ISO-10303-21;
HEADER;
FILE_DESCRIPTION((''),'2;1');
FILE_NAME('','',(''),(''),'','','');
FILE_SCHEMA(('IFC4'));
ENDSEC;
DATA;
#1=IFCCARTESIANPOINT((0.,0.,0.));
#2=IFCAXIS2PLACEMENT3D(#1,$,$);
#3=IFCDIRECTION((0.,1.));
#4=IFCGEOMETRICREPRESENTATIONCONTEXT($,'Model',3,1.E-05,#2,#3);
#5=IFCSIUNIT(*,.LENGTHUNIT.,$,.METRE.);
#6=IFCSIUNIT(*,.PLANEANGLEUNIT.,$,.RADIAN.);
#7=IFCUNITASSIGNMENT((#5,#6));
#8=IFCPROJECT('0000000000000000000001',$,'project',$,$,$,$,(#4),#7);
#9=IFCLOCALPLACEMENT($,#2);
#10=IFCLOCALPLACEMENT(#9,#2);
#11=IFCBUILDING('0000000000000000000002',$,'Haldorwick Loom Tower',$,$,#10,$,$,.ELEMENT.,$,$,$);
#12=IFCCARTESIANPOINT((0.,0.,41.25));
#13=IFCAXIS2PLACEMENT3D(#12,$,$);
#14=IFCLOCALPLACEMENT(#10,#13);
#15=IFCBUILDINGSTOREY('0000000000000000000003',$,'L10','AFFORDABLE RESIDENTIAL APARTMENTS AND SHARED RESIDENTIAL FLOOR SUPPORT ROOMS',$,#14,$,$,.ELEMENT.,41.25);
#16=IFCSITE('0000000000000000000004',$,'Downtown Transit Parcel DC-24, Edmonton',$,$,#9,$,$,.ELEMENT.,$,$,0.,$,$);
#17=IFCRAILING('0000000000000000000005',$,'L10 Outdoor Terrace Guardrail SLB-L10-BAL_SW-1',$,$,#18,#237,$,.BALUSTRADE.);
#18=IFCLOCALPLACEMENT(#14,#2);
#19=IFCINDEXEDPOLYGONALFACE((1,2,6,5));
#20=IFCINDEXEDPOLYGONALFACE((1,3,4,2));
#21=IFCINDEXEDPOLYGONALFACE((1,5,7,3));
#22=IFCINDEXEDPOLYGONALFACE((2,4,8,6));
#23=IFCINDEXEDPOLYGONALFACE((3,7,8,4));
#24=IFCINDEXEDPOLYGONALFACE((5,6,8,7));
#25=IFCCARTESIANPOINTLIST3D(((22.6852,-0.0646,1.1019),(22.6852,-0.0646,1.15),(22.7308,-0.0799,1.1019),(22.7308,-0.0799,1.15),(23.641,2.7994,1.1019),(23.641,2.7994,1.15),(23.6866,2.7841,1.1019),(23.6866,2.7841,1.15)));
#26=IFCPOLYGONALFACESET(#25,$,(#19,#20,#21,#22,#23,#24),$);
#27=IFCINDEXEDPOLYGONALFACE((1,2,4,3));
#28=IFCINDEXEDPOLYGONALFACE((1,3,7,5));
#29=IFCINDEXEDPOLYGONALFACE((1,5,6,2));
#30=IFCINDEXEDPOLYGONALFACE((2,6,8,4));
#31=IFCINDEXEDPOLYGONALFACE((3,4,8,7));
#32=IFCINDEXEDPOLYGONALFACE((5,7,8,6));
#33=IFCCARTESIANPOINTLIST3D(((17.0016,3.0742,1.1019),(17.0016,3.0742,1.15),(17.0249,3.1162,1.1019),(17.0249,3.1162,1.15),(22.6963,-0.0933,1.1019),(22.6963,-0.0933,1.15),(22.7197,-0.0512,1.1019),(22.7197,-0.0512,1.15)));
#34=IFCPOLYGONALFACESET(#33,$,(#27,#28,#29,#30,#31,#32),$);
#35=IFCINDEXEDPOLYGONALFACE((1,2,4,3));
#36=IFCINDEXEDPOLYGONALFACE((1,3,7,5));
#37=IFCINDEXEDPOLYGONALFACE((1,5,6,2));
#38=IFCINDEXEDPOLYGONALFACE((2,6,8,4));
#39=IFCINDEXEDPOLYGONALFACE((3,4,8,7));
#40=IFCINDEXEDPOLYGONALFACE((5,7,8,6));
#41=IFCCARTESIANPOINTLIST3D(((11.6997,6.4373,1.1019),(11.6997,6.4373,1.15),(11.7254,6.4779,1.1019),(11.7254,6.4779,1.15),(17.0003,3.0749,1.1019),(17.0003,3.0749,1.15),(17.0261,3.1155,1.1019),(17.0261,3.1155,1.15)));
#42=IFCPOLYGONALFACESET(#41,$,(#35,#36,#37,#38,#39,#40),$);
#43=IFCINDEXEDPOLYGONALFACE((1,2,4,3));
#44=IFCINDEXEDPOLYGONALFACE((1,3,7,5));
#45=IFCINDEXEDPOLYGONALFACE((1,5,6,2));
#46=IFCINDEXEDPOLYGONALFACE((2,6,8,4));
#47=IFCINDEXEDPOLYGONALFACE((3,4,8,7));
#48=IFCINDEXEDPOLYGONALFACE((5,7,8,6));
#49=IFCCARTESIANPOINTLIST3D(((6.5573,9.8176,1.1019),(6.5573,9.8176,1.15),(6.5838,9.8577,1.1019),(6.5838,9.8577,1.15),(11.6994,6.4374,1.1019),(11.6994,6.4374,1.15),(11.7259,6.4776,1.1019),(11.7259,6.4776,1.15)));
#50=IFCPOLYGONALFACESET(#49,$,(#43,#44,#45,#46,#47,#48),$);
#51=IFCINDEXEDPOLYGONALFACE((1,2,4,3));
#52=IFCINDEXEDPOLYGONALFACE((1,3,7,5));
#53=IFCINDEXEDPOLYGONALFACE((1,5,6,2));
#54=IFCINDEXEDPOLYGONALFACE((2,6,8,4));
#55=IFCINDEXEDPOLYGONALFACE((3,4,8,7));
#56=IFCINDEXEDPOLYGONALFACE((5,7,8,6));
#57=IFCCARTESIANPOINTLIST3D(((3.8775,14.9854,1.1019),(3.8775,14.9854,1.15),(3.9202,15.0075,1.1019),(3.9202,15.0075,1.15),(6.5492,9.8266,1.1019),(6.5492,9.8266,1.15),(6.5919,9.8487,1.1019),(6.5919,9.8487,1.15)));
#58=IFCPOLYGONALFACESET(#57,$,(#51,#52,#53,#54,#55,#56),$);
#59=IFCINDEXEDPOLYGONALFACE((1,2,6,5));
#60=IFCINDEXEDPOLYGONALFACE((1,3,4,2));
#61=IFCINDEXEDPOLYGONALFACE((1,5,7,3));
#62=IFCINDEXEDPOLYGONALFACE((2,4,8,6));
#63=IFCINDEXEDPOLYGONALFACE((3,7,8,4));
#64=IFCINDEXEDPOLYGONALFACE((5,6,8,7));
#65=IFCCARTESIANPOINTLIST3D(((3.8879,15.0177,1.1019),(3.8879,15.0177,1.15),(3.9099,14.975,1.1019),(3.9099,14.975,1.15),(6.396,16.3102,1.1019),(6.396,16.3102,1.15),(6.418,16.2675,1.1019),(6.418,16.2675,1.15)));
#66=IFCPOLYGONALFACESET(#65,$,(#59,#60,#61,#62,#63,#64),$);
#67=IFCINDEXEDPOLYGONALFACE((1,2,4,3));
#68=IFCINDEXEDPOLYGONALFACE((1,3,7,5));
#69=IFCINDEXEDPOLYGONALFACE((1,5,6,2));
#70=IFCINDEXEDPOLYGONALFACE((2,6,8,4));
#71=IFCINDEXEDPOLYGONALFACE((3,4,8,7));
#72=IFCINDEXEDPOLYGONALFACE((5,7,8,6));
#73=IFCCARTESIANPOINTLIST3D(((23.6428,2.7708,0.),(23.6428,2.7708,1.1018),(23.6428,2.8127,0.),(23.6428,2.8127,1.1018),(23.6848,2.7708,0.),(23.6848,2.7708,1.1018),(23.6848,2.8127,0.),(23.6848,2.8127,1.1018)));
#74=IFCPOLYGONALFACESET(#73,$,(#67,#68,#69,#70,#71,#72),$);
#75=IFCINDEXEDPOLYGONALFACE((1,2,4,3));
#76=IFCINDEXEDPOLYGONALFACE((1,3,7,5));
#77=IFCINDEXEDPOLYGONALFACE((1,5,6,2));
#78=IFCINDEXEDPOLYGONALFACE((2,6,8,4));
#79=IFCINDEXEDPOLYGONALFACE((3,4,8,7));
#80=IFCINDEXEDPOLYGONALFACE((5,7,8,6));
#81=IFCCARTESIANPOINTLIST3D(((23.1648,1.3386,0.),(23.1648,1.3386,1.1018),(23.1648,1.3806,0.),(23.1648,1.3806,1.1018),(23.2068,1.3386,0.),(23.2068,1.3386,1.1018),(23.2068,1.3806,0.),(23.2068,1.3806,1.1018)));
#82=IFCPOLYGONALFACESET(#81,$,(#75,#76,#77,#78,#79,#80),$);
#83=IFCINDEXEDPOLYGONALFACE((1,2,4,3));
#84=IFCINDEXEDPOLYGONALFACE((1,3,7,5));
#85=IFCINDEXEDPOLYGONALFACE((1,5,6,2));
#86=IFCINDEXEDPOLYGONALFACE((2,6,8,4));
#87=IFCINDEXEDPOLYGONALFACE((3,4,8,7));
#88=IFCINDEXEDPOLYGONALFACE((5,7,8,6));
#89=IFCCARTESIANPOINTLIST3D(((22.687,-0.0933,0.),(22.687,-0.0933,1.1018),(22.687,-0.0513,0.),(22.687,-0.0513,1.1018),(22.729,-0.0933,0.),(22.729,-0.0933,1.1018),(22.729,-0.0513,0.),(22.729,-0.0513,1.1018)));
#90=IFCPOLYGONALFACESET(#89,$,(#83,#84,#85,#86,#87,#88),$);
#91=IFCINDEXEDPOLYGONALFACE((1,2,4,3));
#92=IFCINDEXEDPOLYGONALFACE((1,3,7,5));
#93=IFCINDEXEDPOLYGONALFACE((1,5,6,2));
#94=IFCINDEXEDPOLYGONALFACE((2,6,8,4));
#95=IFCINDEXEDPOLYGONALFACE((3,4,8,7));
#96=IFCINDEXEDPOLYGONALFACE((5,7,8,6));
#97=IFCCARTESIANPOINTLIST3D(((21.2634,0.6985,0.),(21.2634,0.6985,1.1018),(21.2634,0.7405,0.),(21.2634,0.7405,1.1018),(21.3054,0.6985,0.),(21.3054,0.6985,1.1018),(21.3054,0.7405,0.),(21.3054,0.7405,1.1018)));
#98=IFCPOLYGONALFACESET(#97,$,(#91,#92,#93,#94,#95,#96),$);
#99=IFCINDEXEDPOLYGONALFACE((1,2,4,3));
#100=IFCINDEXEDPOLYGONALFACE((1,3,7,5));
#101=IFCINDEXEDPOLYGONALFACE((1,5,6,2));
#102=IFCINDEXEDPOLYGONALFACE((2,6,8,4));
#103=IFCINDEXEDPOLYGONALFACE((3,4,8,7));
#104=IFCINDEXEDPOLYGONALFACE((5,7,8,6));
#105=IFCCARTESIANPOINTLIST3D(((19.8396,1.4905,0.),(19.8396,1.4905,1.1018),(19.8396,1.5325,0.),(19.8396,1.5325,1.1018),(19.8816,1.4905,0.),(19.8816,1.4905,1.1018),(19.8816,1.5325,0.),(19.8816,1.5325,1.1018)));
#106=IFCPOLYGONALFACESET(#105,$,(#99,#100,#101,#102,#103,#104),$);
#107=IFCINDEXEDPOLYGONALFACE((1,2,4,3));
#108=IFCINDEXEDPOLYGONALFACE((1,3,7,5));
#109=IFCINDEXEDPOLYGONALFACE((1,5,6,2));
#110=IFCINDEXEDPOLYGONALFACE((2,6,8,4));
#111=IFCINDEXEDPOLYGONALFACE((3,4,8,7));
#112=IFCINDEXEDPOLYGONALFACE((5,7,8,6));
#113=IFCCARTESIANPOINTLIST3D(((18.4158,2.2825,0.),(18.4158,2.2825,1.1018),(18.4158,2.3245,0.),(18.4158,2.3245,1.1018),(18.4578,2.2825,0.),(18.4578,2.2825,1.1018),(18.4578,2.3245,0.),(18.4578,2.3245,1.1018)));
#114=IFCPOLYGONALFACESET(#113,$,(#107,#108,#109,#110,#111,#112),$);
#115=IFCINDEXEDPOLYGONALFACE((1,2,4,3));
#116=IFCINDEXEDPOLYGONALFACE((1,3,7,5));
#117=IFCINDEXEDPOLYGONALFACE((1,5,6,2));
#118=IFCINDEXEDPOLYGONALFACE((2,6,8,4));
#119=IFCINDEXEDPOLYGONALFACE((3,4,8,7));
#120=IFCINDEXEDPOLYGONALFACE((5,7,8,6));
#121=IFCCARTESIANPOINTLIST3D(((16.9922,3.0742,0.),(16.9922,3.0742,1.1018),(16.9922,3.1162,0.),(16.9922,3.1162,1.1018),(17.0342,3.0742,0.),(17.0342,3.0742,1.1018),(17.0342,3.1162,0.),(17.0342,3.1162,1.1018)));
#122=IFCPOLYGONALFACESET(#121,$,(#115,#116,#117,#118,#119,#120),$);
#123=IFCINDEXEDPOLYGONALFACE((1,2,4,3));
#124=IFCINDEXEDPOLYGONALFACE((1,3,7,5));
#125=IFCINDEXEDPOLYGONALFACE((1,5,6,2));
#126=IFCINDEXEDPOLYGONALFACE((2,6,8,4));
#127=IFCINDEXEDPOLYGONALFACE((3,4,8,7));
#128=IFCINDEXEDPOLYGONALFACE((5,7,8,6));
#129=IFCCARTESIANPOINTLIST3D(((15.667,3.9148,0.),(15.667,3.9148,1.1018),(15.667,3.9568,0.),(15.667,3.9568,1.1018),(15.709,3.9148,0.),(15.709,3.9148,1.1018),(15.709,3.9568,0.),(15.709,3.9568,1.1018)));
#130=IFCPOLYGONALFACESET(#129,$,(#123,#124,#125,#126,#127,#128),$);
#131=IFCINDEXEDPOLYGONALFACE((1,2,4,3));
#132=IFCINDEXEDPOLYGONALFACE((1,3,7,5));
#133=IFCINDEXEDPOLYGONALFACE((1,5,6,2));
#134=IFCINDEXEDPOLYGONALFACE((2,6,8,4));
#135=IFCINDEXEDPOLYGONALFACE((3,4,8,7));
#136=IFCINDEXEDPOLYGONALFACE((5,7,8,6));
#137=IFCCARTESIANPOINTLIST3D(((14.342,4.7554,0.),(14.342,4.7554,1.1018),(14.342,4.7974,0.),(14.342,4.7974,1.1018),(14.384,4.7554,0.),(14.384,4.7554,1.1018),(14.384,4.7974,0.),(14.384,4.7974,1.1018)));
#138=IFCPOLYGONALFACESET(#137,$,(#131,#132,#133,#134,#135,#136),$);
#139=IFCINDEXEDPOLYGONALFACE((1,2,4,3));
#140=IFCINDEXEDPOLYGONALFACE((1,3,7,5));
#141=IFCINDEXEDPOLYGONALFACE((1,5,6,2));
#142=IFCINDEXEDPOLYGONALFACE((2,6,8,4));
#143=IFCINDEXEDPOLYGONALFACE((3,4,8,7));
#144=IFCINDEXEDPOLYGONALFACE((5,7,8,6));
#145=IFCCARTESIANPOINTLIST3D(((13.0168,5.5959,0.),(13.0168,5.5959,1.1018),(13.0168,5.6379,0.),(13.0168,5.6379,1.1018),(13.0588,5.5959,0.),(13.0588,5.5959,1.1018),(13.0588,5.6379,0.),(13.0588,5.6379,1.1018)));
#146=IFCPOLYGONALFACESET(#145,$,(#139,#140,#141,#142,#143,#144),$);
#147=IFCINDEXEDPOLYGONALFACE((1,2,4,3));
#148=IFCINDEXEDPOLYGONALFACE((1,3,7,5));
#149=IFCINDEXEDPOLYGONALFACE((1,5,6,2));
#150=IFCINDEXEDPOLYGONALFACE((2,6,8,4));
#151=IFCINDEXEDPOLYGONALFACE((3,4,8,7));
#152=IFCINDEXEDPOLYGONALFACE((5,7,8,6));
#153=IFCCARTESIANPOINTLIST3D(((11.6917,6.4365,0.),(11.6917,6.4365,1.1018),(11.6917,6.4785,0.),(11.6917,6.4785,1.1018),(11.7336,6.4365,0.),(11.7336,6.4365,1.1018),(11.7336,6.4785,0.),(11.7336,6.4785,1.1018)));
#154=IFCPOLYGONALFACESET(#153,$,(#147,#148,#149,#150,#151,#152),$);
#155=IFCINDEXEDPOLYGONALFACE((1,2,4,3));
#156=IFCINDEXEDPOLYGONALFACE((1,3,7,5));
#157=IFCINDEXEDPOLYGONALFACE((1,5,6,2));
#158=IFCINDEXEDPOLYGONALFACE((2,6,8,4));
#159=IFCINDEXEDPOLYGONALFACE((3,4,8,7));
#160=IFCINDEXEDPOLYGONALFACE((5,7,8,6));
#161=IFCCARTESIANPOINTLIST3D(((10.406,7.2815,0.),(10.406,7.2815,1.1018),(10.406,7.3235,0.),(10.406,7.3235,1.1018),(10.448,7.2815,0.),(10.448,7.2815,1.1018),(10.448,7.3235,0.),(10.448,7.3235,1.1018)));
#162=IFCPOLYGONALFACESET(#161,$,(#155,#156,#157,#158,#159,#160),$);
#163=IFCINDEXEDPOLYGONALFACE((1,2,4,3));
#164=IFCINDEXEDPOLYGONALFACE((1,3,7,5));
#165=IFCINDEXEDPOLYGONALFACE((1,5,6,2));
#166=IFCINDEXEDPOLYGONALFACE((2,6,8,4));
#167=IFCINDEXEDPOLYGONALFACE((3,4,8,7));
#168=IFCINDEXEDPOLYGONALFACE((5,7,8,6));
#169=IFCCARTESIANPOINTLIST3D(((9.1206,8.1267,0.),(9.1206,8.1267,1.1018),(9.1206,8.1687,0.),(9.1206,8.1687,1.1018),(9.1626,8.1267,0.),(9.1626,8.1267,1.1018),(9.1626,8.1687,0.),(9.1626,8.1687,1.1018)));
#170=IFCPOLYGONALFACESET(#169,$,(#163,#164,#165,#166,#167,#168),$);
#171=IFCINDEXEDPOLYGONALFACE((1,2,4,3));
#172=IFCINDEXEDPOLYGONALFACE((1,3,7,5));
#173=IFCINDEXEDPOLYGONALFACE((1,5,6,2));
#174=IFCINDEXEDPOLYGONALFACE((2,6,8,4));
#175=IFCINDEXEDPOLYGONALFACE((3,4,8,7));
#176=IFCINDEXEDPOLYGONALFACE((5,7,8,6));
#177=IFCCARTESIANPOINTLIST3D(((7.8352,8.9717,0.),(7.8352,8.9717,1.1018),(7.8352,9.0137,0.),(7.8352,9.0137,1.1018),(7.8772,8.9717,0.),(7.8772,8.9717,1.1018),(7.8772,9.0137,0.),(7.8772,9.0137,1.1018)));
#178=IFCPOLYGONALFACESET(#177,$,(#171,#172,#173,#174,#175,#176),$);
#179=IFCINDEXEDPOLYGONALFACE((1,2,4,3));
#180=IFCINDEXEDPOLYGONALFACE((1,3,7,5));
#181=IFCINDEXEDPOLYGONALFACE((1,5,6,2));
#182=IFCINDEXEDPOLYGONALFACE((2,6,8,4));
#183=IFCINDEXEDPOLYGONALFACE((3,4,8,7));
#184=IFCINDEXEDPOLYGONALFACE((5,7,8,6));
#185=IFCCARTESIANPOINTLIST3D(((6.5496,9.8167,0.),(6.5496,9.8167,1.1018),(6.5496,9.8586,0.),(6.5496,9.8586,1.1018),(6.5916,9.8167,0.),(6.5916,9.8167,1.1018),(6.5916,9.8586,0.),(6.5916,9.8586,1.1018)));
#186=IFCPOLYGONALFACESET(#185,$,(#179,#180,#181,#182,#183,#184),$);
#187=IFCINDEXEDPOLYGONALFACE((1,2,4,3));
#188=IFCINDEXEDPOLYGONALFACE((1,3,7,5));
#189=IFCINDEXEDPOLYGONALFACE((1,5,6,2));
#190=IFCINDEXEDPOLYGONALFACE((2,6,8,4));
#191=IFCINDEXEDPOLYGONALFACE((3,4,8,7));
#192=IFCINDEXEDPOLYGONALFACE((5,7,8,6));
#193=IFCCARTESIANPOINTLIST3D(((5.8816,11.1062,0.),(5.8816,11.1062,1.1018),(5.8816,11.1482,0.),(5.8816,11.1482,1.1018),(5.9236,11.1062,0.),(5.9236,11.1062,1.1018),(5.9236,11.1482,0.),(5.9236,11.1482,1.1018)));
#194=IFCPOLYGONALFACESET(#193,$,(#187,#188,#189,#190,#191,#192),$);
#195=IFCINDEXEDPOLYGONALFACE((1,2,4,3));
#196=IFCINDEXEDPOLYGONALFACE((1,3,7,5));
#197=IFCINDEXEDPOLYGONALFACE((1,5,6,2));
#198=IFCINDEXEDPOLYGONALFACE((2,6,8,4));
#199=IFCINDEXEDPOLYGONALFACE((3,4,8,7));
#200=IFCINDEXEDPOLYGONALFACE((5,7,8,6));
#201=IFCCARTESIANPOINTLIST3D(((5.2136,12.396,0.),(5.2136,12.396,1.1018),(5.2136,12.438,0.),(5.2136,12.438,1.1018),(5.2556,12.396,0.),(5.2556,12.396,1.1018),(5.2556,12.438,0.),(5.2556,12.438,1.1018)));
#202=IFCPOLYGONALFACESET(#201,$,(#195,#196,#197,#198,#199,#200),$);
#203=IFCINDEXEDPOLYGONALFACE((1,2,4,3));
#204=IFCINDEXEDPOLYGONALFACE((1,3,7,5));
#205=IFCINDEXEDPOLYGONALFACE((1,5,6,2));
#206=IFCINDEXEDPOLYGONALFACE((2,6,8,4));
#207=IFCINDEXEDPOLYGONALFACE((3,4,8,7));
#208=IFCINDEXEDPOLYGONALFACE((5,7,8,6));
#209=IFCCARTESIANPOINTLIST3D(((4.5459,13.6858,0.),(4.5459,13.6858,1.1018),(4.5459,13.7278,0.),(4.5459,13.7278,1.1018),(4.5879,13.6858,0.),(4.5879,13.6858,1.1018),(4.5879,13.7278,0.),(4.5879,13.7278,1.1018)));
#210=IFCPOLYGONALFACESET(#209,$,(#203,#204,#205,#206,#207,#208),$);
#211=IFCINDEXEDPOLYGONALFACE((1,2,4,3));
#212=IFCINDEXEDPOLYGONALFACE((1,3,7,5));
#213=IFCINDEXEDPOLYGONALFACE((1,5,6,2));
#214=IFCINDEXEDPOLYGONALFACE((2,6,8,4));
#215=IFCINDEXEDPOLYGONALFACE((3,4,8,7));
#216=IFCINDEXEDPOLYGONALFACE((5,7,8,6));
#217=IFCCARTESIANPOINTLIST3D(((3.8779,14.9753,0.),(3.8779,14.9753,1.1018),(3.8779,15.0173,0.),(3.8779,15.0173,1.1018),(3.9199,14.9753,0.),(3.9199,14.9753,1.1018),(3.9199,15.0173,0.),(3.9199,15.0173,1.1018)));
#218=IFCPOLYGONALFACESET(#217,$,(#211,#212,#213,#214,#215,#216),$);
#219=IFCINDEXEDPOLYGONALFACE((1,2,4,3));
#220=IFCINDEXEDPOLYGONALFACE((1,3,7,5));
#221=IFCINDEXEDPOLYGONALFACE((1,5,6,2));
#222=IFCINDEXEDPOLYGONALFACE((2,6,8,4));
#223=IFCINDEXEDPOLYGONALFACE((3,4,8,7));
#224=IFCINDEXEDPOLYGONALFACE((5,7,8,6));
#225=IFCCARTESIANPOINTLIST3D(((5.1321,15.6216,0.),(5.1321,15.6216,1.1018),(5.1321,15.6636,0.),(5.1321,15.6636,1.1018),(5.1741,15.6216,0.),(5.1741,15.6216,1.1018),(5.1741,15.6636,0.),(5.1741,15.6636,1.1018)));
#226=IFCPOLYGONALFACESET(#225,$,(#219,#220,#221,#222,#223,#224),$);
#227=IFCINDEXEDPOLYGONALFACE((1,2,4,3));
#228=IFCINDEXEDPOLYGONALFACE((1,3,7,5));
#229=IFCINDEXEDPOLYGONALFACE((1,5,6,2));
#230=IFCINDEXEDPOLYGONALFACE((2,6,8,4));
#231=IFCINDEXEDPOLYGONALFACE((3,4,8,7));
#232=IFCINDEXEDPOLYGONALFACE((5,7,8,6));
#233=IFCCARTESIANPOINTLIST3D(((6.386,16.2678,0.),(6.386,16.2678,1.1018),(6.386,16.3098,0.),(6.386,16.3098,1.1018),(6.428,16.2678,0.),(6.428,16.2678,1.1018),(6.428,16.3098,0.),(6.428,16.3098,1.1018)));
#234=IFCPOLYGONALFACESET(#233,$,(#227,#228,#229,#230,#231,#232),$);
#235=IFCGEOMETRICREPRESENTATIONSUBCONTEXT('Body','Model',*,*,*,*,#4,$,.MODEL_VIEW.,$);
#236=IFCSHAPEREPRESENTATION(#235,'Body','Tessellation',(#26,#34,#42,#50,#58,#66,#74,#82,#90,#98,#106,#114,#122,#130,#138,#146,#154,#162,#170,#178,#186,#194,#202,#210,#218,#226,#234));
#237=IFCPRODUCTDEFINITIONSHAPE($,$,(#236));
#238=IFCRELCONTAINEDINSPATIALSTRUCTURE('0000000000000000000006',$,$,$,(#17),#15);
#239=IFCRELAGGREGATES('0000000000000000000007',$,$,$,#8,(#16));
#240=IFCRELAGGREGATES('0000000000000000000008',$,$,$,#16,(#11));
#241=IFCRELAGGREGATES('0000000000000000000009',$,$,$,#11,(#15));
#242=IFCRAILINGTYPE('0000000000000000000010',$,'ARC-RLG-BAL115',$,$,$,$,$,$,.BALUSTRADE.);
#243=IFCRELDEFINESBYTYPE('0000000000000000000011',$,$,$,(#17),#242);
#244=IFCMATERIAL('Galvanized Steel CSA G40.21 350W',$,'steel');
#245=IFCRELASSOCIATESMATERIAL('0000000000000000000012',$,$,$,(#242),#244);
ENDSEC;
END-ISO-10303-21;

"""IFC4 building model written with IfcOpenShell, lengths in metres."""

from ifc_helpers import new_model, si_unit, direction, frame, origin, origin_2d, place, context, subcontext, project, spatial, rectangle, extrude, material, type_object, element, save


model = new_model("IFC4")

# Units and contexts
model_context = context("Model", 3, precision=1e-05, world=origin(), true_north=direction((0.0, 1.0)))
body_context = subcontext(model_context, "Body", "Model", "MODEL_VIEW")
ifc_project = project(units=[si_unit("LENGTHUNIT", "METRE"), si_unit("PLANEANGLEUNIT", "RADIAN")], contexts=[model_context])

# Site, building, storey
site_placement = place(None, origin())
site = spatial("IfcSite", under=ifc_project, at=site_placement, Name="Downtown Transit Parcel DC-24, Edmonton", CompositionType="ELEMENT", RefElevation=0.0)
building_placement = place(site_placement, origin())
building = spatial("IfcBuilding", under=site, at=building_placement, Name="Haldorwick Loom Tower", CompositionType="ELEMENT")
storey_placement = place(building_placement, frame((0.0, 0.0, 41.25)))
storey = spatial("IfcBuildingStorey", under=building, at=storey_placement, Name="L10", Description="AFFORDABLE RESIDENTIAL APARTMENTS AND SHARED RESIDENTIAL FLOOR SUPPORT ROOMS", CompositionType="ELEMENT", Elevation=41.25)

# Railing
ifc_material_1 = material(Name="Galvanized Steel CSA G40.21 350W", Category="steel")
railing_type = type_object("IfcRailingType", Name="ARC-RLG-BAL115", PredefinedType="BALUSTRADE", material=ifc_material_1)
railing_placement = place(storey_placement, frame((23.6638, 2.7917, 0.0)))
element("IfcRailing", 1, at=railing_placement, inside=storey, type_object=railing_type, Name="L10 Outdoor Terrace Guardrail SLB-L10-BAL_SW-1", PredefinedType="BALUSTRADE", context=body_context, shape_type="SweptSolid", body=[
    extrude(rectangle(XDim=0.0481, YDim=0.0481, at=origin_2d()), frame((0.0, 0.0, 1.126), z_axis=(-0.316567, -0.94857, 0.0), x_axis=(0.94857, -0.316567, 0.0)), (0.0, 0.0, 1.0), 3.0193),
    extrude(rectangle(XDim=0.0481, YDim=0.0481, at=origin_2d()), frame((-0.9558, -2.864, 1.126), z_axis=(-0.873917, 0.486075, 0.0), x_axis=(-0.486075, -0.873917, 0.0)), (0.0, 0.0, 1.0), 6.5164),
    extrude(rectangle(XDim=0.0481, YDim=0.0481, at=origin_2d()), frame((-6.6506, 0.3035, 1.126), z_axis=(-0.844437, 0.535654, 0.0), x_axis=(-0.535654, -0.844437, 0.0)), (0.0, 0.0, 1.0), 6.2771),
    extrude(rectangle(XDim=0.0481, YDim=0.0481, at=origin_2d()), frame((-11.9512, 3.6658, 1.126), z_axis=(-0.835628, 0.549296, 0.0), x_axis=(-0.549296, -0.835628, 0.0)), (0.0, 0.0, 1.0), 6.1536),
    extrude(rectangle(XDim=0.0481, YDim=0.0481, at=origin_2d()), frame((-17.0933, 7.0459, 1.126), z_axis=(-0.459877, 0.887983, 0.0), x_axis=(-0.887983, -0.459877, 0.0)), (0.0, 0.0, 1.0), 5.8096),
    extrude(rectangle(XDim=0.0481, YDim=0.0481, at=origin_2d()), frame((-19.7649, 12.2046, 1.126), z_axis=(0.888909, 0.458083, 0.0), x_axis=(-0.458083, 0.888909, 0.0)), (0.0, 0.0, 1.0), 2.8215),
    extrude(rectangle(XDim=0.042, YDim=0.042, at=origin_2d()), origin(), (0.0, 0.0, 1.0), 1.1018),
    extrude(rectangle(XDim=0.042, YDim=0.042, at=origin_2d()), frame((-0.478, -1.4321, 0.0)), (0.0, 0.0, 1.0), 1.1018),
    extrude(rectangle(XDim=0.042, YDim=0.042, at=origin_2d()), frame((-0.9558, -2.864, 0.0)), (0.0, 0.0, 1.0), 1.1018),
    extrude(rectangle(XDim=0.042, YDim=0.042, at=origin_2d()), frame((-2.3794, -2.0723, 0.0)), (0.0, 0.0, 1.0), 1.1018),
    extrude(rectangle(XDim=0.042, YDim=0.042, at=origin_2d()), frame((-3.8032, -1.2803, 0.0)), (0.0, 0.0, 1.0), 1.1018),
    extrude(rectangle(XDim=0.042, YDim=0.042, at=origin_2d()), frame((-5.2271, -0.4883, 0.0)), (0.0, 0.0, 1.0), 1.1018),
    extrude(rectangle(XDim=0.042, YDim=0.042, at=origin_2d()), frame((-6.6506, 0.3035, 0.0)), (0.0, 0.0, 1.0), 1.1018),
    extrude(rectangle(XDim=0.042, YDim=0.042, at=origin_2d()), frame((-7.9758, 1.144, 0.0)), (0.0, 0.0, 1.0), 1.1018),
    extrude(rectangle(XDim=0.042, YDim=0.042, at=origin_2d()), frame((-9.3008, 1.9846, 0.0)), (0.0, 0.0, 1.0), 1.1018),
    extrude(rectangle(XDim=0.042, YDim=0.042, at=origin_2d()), frame((-10.626, 2.8252, 0.0)), (0.0, 0.0, 1.0), 1.1018),
    extrude(rectangle(XDim=0.042, YDim=0.042, at=origin_2d()), frame((-11.9512, 3.6658, 0.0)), (0.0, 0.0, 1.0), 1.1018),
    extrude(rectangle(XDim=0.042, YDim=0.042, at=origin_2d()), frame((-13.2368, 4.5107, 0.0)), (0.0, 0.0, 1.0), 1.1018),
    extrude(rectangle(XDim=0.042, YDim=0.042, at=origin_2d()), frame((-14.5222, 5.356, 0.0)), (0.0, 0.0, 1.0), 1.1018),
    extrude(rectangle(XDim=0.042, YDim=0.042, at=origin_2d()), frame((-15.8076, 6.2009, 0.0)), (0.0, 0.0, 1.0), 1.1018),
    extrude(rectangle(XDim=0.042, YDim=0.042, at=origin_2d()), frame((-17.0933, 7.0459, 0.0)), (0.0, 0.0, 1.0), 1.1018),
    extrude(rectangle(XDim=0.042, YDim=0.042, at=origin_2d()), frame((-17.7612, 8.3354, 0.0)), (0.0, 0.0, 1.0), 1.1018),
    extrude(rectangle(XDim=0.042, YDim=0.042, at=origin_2d()), frame((-18.4292, 9.6252, 0.0)), (0.0, 0.0, 1.0), 1.1018),
    extrude(rectangle(XDim=0.042, YDim=0.042, at=origin_2d()), frame((-19.0969, 10.915, 0.0)), (0.0, 0.0, 1.0), 1.1018),
    extrude(rectangle(XDim=0.042, YDim=0.042, at=origin_2d()), frame((-19.7649, 12.2046, 0.0)), (0.0, 0.0, 1.0), 1.1018),
    extrude(rectangle(XDim=0.042, YDim=0.042, at=origin_2d()), frame((-18.5107, 12.8508, 0.0)), (0.0, 0.0, 1.0), 1.1018),
    extrude(rectangle(XDim=0.042, YDim=0.042, at=origin_2d()), frame((-17.2568, 13.4971, 0.0)), (0.0, 0.0, 1.0), 1.1018),
])

save(model, "model.ifc")
